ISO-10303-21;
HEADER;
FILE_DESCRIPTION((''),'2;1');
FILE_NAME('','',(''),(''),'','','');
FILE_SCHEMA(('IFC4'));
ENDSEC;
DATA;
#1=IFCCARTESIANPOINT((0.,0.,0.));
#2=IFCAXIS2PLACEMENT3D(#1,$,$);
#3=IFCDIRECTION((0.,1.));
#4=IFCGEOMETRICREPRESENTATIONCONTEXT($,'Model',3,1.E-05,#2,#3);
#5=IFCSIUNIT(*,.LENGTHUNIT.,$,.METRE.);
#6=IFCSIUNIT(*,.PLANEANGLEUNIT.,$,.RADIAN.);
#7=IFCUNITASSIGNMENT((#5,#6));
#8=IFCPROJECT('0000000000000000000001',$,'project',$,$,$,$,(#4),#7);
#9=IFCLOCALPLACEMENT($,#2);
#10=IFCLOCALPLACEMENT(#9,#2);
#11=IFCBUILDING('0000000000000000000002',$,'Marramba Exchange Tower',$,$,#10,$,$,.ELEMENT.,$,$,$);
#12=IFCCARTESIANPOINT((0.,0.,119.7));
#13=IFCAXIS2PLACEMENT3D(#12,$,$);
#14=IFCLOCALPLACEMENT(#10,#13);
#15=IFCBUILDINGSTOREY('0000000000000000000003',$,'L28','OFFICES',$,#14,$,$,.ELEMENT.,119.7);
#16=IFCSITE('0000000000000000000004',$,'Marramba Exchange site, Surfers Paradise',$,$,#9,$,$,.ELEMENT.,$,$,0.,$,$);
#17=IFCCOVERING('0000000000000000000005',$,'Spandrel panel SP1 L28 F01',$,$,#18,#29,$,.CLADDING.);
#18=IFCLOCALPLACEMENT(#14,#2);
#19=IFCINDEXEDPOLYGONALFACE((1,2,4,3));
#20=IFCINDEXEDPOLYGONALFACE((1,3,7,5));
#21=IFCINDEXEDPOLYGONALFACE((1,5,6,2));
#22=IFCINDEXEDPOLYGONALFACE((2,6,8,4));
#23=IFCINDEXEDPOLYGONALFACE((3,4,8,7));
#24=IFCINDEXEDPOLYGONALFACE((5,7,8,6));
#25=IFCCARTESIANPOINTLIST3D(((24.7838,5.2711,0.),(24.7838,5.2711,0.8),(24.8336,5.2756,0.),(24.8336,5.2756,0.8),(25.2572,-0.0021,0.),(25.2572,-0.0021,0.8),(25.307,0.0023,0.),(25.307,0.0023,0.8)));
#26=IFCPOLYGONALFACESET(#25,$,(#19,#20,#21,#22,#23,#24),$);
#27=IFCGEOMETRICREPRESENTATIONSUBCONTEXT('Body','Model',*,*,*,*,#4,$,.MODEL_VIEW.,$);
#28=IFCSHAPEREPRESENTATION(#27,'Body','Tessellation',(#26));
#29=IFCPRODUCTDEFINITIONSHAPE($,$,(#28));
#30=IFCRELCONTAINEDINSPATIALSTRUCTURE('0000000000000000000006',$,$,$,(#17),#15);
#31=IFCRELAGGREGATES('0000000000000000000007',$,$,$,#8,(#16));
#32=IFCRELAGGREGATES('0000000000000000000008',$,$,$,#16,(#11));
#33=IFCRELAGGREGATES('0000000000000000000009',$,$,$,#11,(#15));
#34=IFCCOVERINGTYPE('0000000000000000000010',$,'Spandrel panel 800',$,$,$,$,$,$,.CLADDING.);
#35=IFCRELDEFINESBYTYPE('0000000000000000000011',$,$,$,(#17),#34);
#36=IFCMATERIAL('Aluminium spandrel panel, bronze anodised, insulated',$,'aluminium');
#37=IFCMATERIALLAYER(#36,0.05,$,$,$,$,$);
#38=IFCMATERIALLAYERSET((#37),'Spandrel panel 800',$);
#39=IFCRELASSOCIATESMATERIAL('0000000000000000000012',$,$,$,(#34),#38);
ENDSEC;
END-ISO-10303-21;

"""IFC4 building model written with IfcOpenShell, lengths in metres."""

from ifc_helpers import new_model, si_unit, direction, frame, origin, origin_2d, place, context, subcontext, project, spatial, rectangle, extrude, material, layer, layer_set, type_object, element, save


model = new_model("IFC4")

# Units and contexts
model_context = context("Model", 3, precision=1e-05, world=origin(), true_north=direction((0.0, 1.0)))
body_context = subcontext(model_context, "Body", "Model", "MODEL_VIEW")
ifc_project = project(units=[si_unit("LENGTHUNIT", "METRE"), si_unit("PLANEANGLEUNIT", "RADIAN")], contexts=[model_context])

# Site, building, storey
site_placement = place(None, origin())
site = spatial("IfcSite", under=ifc_project, at=site_placement, Name="Marramba Exchange site, Surfers Paradise", CompositionType="ELEMENT", RefElevation=0.0)
building_placement = place(site_placement, origin())
building = spatial("IfcBuilding", under=site, at=building_placement, Name="Marramba Exchange Tower", CompositionType="ELEMENT")
storey_placement = place(building_placement, frame((0.0, 0.0, 119.7)))
storey = spatial("IfcBuildingStorey", under=building, at=storey_placement, Name="L28", Description="OFFICES", CompositionType="ELEMENT", Elevation=119.7)

# Covering
ifc_material_1 = material(Name="Aluminium spandrel panel, bronze anodised, insulated", Category="aluminium")
ifc_layer_1 = layer(ifc_material_1, 0.05)
ifc_layer_set_1 = layer_set([ifc_layer_1], Name="Spandrel panel 800")
covering_type = type_object("IfcCoveringType", Name="Spandrel panel 800", PredefinedType="CLADDING", material=ifc_layer_set_1)
covering_placement = place(storey_placement, frame((25.0454, 2.6367, 0.0), z_axis=(0.0, 0.0, 1.0), x_axis=(-0.089413, 0.995995, 0.0)))
element("IfcCovering", 1, at=covering_placement, inside=storey, type_object=covering_type, Name="Spandrel panel SP1 L28 F01", PredefinedType="CLADDING", context=body_context, shape_type="SweptSolid", body=[
    extrude(rectangle(XDim=5.2944, YDim=0.05, at=origin_2d()), origin(), (0.0, 0.0, 1.0), 0.8),
])

save(model, "model.ifc")
